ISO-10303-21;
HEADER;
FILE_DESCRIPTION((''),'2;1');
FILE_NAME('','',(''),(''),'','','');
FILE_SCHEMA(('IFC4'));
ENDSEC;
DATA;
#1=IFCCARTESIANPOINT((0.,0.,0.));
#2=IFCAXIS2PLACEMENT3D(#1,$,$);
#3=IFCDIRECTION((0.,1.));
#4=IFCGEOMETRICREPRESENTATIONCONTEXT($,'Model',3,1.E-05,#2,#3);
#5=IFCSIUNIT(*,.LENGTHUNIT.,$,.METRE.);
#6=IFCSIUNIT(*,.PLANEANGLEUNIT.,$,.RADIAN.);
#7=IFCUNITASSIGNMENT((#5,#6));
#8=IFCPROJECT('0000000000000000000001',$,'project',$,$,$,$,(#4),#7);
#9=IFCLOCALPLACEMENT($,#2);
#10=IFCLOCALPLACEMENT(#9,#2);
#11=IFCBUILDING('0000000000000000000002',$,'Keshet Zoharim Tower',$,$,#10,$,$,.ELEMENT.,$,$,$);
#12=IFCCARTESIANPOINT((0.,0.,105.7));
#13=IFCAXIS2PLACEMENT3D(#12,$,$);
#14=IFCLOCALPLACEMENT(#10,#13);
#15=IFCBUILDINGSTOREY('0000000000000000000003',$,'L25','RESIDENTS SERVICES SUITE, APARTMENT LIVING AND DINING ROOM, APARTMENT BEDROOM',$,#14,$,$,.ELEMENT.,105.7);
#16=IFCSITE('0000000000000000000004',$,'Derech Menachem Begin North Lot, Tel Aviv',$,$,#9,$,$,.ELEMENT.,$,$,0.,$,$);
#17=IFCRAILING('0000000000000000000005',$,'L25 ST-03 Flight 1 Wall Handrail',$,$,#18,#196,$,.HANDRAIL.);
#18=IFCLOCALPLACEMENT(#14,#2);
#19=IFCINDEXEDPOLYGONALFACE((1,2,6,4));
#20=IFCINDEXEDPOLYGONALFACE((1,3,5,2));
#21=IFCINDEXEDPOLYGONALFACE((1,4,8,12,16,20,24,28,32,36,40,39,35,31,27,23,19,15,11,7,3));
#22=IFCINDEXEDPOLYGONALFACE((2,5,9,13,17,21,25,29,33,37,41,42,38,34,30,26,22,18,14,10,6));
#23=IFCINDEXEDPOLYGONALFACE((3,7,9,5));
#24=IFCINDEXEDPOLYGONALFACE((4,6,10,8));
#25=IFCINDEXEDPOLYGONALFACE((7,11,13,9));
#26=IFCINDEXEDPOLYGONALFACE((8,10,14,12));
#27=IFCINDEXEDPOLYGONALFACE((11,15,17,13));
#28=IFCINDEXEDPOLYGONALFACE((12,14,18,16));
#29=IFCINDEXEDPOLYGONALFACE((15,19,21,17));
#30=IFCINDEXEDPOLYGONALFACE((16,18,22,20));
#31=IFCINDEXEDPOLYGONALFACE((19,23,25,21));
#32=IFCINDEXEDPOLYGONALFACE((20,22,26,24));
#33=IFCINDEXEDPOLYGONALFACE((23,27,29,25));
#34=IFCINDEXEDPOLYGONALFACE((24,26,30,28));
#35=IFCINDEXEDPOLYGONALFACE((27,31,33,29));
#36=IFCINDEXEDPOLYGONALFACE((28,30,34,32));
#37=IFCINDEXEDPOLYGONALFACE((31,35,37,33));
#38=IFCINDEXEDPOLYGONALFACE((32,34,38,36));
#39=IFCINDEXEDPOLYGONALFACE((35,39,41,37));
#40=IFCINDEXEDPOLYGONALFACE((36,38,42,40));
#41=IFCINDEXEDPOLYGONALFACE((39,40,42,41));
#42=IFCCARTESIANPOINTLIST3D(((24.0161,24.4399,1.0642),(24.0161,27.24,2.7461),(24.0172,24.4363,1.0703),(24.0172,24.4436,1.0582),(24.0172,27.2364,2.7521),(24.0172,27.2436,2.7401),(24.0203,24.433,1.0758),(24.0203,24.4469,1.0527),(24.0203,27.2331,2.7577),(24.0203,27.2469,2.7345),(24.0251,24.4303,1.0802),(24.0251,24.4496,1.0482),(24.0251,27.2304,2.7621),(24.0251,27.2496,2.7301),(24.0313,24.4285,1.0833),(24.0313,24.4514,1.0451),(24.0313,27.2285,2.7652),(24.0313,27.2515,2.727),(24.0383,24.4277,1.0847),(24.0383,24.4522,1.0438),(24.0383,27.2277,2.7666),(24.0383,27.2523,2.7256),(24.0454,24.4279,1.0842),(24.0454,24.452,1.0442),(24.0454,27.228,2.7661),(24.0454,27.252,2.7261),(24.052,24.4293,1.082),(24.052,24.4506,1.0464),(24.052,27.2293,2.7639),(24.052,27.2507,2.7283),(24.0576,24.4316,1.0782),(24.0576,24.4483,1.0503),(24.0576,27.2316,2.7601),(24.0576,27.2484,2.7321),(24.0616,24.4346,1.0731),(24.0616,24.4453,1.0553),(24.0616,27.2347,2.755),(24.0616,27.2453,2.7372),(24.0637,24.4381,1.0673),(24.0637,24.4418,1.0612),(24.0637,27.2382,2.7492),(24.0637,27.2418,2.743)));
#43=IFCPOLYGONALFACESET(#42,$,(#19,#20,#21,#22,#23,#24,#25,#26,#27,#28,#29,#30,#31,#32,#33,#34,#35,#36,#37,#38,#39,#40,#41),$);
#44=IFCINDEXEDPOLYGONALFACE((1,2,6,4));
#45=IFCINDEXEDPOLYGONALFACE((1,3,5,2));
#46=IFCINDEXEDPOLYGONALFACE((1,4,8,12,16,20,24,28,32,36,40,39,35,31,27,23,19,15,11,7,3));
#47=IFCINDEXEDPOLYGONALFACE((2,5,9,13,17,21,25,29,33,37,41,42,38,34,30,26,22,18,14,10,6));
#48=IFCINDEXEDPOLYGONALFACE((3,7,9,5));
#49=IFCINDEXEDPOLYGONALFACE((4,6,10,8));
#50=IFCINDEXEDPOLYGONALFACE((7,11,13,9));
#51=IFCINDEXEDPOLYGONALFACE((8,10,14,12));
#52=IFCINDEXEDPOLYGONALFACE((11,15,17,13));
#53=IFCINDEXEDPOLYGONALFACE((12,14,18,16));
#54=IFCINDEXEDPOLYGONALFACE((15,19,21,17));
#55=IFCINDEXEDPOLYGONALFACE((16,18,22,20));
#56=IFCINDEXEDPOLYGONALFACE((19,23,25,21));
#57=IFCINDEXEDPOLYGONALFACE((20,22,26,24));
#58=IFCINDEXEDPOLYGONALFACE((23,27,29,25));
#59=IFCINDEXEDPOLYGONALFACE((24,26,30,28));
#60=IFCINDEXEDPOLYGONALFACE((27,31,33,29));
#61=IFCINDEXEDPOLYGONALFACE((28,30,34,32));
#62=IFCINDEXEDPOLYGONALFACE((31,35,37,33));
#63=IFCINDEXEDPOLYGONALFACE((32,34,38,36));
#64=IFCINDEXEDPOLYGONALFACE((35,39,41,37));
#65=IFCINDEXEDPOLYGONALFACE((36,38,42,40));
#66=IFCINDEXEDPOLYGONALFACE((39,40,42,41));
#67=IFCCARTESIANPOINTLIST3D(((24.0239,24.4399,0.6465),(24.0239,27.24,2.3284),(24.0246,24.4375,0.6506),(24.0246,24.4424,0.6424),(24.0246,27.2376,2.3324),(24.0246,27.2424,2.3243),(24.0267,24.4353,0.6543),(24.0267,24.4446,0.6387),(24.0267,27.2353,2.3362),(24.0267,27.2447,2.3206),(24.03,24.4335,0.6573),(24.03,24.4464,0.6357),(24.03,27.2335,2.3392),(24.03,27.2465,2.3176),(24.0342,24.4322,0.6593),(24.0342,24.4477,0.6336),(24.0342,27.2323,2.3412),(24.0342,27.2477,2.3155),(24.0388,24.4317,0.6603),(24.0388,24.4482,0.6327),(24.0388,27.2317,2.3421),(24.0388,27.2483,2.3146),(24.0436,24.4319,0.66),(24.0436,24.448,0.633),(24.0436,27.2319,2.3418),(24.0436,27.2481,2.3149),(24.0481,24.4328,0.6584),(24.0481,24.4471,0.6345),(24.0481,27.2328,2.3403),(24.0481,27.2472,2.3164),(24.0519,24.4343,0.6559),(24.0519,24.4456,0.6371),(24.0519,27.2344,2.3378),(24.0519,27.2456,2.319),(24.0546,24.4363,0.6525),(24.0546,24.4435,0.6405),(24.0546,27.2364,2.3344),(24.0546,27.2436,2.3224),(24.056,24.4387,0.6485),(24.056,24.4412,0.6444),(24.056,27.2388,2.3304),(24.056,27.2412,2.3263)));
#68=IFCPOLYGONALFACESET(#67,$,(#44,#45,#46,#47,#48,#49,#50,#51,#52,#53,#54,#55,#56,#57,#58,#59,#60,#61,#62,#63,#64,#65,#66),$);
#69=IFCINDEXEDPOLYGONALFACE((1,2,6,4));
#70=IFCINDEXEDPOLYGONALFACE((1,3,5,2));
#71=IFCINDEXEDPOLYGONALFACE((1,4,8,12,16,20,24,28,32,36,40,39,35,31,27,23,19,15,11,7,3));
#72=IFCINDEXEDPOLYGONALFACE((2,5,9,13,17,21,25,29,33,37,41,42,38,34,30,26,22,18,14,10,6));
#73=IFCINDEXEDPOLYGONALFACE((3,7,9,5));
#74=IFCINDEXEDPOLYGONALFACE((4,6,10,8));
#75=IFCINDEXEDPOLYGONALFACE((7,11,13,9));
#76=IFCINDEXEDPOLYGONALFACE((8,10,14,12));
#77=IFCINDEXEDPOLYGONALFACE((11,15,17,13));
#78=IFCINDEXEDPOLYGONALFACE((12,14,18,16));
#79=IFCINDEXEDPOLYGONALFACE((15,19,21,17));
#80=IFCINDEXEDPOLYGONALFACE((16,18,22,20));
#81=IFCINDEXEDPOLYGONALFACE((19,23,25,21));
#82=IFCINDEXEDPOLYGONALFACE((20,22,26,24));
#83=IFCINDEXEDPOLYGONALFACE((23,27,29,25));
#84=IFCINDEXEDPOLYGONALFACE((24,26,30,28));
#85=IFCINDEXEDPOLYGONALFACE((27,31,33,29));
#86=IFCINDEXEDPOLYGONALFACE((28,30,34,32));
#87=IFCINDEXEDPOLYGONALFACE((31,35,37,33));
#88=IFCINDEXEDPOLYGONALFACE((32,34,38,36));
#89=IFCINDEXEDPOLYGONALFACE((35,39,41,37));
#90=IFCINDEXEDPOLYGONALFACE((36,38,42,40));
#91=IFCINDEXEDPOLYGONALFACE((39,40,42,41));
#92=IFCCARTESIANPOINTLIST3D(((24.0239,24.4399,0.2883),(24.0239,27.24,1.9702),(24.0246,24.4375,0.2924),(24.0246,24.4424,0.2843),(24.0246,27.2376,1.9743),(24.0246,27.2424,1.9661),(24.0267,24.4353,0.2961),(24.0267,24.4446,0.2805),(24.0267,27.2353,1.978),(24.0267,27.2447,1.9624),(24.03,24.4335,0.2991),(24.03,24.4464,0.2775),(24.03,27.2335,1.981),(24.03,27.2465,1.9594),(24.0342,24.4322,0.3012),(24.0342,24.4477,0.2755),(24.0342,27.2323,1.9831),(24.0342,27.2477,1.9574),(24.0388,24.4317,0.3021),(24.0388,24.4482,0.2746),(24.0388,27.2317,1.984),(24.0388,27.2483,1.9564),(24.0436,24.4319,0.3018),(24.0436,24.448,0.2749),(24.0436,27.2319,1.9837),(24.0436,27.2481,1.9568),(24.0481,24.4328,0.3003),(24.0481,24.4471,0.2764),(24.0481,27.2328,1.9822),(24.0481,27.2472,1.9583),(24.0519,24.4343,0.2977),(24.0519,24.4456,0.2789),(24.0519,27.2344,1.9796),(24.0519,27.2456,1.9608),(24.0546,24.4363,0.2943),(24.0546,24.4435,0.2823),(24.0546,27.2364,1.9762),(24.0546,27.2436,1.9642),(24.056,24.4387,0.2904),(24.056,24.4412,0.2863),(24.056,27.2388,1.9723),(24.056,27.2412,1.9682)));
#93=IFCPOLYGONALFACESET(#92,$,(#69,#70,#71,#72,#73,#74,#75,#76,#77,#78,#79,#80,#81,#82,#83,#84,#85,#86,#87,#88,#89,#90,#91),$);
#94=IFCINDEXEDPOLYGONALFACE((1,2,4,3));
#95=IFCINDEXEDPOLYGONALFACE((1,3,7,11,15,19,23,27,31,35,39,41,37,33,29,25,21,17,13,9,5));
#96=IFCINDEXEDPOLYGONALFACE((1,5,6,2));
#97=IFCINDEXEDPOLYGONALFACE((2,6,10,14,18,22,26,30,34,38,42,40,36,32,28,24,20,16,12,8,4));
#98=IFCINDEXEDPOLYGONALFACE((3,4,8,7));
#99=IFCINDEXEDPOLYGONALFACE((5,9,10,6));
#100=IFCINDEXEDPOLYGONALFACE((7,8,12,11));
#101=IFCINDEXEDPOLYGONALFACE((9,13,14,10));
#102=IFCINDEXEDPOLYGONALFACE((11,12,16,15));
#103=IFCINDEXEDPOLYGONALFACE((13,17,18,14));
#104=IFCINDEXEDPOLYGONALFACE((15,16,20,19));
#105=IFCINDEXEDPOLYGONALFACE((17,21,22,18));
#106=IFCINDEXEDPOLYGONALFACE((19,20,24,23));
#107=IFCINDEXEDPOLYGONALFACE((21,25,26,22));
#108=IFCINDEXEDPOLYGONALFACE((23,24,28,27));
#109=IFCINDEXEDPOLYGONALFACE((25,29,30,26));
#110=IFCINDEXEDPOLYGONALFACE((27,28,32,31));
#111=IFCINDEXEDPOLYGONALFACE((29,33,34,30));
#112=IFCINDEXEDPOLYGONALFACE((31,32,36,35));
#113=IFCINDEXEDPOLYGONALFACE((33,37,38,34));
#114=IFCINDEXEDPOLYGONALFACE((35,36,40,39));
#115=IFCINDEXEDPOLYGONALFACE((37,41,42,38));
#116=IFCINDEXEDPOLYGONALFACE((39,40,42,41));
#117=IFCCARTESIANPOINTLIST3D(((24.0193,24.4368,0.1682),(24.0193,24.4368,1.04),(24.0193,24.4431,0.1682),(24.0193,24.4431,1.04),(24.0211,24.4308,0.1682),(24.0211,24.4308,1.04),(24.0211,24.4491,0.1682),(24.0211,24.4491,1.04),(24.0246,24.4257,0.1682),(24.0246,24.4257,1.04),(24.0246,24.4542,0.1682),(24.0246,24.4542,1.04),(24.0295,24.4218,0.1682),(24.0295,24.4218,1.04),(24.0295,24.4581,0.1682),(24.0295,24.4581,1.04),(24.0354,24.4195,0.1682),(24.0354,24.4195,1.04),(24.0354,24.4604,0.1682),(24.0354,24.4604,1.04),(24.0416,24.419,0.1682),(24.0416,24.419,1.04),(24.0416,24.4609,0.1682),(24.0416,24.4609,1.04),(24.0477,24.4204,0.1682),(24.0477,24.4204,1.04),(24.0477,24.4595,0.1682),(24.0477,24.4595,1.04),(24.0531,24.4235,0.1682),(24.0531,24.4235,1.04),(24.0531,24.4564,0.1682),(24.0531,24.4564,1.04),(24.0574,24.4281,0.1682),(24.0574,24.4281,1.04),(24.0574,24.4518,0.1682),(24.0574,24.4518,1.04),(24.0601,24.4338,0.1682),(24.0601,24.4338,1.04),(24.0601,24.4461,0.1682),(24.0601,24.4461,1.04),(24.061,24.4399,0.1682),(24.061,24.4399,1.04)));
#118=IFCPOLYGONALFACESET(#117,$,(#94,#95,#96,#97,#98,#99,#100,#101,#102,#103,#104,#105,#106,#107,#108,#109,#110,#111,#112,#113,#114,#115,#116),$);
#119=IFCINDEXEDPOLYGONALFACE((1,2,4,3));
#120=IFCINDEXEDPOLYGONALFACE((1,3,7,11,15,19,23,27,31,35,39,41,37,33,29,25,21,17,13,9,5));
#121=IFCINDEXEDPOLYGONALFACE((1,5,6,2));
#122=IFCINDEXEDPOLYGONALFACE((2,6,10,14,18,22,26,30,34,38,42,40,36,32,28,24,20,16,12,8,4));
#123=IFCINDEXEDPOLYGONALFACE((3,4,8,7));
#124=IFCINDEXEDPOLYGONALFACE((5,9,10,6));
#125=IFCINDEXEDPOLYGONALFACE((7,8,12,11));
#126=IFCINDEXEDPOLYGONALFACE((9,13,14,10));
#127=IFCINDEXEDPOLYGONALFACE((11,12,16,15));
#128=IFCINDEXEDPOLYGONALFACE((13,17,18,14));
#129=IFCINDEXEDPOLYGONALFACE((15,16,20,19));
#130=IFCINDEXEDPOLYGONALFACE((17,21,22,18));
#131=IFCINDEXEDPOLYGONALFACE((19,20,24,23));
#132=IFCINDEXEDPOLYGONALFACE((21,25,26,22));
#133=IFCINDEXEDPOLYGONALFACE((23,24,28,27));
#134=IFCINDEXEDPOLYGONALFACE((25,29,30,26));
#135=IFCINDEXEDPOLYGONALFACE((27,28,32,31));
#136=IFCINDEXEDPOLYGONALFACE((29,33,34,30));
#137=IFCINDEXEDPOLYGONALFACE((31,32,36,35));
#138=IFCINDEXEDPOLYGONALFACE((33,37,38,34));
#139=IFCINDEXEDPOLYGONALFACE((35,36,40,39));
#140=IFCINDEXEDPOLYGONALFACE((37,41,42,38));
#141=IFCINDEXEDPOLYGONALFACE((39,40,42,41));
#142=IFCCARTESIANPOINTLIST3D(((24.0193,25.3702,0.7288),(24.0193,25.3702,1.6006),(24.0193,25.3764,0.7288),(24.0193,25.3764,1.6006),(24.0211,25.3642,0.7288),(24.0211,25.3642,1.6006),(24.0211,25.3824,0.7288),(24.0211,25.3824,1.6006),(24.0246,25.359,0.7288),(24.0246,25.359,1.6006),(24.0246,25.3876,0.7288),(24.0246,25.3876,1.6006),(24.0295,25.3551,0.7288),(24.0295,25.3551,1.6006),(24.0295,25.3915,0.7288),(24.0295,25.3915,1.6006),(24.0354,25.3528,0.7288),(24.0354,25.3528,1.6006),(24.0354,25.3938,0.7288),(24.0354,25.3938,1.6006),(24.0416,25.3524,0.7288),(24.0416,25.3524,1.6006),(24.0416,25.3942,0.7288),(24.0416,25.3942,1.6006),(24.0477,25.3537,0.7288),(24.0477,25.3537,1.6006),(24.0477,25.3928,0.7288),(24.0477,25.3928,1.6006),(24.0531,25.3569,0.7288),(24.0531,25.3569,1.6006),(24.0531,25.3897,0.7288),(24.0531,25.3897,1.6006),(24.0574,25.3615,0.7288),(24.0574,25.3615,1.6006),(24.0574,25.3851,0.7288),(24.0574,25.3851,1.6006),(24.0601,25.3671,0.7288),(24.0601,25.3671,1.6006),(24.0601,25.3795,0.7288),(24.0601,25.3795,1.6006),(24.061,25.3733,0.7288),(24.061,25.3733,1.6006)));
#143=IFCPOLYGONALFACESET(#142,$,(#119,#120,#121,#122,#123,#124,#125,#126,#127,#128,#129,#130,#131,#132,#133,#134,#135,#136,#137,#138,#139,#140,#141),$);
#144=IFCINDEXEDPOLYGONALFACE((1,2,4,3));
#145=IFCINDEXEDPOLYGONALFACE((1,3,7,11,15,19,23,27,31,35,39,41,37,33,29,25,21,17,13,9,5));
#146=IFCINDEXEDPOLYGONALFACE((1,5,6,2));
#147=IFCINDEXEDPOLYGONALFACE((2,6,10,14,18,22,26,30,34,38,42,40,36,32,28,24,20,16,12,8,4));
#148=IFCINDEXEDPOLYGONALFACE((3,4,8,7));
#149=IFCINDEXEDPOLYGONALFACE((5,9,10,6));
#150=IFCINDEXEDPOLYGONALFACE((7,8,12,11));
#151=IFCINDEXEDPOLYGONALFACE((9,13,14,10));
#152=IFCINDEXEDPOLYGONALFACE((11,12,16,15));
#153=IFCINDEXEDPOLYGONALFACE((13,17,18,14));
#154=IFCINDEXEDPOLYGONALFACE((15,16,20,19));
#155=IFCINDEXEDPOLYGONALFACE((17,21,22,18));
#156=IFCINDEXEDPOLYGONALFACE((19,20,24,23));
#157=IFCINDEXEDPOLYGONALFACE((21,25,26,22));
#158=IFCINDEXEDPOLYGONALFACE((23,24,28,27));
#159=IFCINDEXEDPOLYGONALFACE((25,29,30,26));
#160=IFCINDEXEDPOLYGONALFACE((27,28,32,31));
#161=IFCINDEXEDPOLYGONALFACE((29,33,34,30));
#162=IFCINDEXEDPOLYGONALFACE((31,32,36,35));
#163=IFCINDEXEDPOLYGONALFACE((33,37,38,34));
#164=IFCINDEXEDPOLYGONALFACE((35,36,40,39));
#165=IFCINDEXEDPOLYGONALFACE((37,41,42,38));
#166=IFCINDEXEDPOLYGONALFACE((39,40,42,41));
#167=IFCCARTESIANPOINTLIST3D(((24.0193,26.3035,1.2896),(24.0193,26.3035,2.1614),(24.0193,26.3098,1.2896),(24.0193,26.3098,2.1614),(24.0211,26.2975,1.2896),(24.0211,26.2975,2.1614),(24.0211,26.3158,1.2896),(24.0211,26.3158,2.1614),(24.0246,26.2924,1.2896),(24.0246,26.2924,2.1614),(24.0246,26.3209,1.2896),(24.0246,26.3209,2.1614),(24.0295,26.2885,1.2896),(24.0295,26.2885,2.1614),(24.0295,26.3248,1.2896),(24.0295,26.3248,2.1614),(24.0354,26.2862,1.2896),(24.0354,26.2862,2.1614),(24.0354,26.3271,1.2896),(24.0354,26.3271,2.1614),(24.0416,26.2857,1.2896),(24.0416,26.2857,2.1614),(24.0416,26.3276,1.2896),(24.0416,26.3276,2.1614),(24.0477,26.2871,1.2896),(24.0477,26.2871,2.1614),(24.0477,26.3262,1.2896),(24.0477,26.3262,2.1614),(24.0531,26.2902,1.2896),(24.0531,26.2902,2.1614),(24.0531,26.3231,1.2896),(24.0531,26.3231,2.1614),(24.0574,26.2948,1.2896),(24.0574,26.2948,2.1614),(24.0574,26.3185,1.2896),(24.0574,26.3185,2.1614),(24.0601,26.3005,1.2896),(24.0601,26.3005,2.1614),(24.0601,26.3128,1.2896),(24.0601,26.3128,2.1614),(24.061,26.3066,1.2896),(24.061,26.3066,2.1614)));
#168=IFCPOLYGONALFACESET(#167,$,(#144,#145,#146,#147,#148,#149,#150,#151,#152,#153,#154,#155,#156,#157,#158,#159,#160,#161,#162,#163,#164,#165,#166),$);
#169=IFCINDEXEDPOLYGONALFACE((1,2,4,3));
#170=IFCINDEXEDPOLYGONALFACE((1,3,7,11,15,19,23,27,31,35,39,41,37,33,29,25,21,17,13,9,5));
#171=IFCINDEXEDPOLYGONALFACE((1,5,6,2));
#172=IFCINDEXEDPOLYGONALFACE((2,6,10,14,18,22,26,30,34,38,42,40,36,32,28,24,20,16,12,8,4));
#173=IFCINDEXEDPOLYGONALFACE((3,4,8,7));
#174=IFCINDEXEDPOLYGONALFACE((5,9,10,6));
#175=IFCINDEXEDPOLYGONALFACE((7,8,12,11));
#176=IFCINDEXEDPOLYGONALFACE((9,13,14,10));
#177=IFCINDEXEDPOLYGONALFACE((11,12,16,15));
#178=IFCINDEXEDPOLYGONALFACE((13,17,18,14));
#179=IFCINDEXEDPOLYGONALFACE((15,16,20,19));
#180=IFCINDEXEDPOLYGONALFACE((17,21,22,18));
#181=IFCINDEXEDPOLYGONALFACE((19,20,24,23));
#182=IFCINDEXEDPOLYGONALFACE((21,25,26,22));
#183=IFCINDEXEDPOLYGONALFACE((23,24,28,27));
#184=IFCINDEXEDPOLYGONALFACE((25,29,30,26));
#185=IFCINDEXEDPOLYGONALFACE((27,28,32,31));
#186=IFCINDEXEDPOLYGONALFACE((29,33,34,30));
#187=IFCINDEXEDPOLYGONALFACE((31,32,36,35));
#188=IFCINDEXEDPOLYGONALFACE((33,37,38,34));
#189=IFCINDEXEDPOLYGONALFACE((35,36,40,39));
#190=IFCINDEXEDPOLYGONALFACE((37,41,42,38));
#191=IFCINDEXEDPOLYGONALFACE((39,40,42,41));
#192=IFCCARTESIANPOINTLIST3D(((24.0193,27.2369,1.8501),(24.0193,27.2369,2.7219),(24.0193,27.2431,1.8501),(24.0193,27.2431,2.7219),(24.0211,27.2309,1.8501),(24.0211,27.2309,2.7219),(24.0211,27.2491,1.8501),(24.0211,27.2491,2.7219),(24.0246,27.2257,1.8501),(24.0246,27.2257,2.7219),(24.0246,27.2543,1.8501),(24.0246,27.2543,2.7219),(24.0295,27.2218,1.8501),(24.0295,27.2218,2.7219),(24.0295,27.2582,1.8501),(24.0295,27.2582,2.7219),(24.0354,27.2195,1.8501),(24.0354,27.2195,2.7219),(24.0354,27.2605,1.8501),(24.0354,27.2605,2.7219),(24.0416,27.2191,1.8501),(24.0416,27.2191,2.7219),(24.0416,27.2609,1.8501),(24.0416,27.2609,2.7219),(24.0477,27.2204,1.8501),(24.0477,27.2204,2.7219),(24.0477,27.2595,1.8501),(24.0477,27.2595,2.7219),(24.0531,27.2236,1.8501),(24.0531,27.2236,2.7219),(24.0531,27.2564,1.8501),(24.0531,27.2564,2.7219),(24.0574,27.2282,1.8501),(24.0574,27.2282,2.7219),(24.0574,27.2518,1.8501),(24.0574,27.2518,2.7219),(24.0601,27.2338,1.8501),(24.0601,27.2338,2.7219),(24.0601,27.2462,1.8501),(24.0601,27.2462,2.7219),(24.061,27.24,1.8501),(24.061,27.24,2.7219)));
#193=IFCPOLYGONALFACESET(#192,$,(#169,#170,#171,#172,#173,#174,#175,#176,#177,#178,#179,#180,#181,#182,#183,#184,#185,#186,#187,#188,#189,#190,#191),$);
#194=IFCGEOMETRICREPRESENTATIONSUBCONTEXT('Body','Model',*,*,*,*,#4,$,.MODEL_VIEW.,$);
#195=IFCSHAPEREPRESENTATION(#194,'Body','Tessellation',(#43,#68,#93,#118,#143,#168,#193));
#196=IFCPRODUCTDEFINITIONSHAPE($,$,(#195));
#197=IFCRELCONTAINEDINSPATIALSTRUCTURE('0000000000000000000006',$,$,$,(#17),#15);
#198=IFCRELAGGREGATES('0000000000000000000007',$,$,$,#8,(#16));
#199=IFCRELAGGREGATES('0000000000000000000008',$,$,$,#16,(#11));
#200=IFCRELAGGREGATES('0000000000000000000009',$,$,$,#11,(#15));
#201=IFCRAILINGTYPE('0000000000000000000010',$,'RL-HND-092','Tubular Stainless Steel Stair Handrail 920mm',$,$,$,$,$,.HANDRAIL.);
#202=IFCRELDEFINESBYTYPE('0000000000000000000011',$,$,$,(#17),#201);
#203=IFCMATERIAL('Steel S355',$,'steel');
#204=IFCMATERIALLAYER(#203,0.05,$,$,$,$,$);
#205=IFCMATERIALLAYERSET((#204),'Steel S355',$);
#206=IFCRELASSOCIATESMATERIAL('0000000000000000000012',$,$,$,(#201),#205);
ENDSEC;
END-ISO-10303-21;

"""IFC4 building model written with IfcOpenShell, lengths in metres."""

from ifc_helpers import new_model, si_unit, direction, frame, origin, origin_2d, place, context, subcontext, project, spatial, circle, extrude, material, layer, layer_set, type_object, element, save


model = new_model("IFC4")

# Units and contexts
model_context = context("Model", 3, precision=1e-05, world=origin(), true_north=direction((0.0, 1.0)))
body_context = subcontext(model_context, "Body", "Model", "MODEL_VIEW")
ifc_project = project(units=[si_unit("LENGTHUNIT", "METRE"), si_unit("PLANEANGLEUNIT", "RADIAN")], contexts=[model_context])

# Site, building, storey
site_placement = place(None, origin())
site = spatial("IfcSite", under=ifc_project, at=site_placement, Name="Derech Menachem Begin North Lot, Tel Aviv", CompositionType="ELEMENT", RefElevation=0.0)
building_placement = place(site_placement, origin())
building = spatial("IfcBuilding", under=site, at=building_placement, Name="Keshet Zoharim Tower", CompositionType="ELEMENT")
storey_placement = place(building_placement, frame((0.0, 0.0, 105.7)))
storey = spatial("IfcBuildingStorey", under=building, at=storey_placement, Name="L25", Description="RESIDENTS SERVICES SUITE, APARTMENT LIVING AND DINING ROOM, APARTMENT BEDROOM", CompositionType="ELEMENT", Elevation=105.7)

# Shared definitions
ifc_material_1 = material(Name="Steel S355", Category="steel")

# Railing
ifc_layer_1 = layer(ifc_material_1, 0.05)
ifc_layer_set_1 = layer_set([ifc_layer_1], Name="Steel S355")
railing_type_1 = type_object("IfcRailingType", Name="RL-HND-092", Description="Tubular Stainless Steel Stair Handrail 920mm", PredefinedType="HANDRAIL", material=ifc_layer_set_1)
railing_1_placement = place(storey_placement, frame((24.04, 24.4399, 0.1682)))
element("IfcRailing", 1, at=railing_1_placement, inside=storey, type_object=railing_type_1, Name="L25 ST-03 Flight 1 Wall Handrail", PredefinedType="HANDRAIL", context=body_context, shape_type="SweptSolid", body=[
    extrude(circle(Radius=0.0239, at=origin_2d()), frame((0.0, 0.0, 0.896), z_axis=(0.0, 0.857242, 0.514913), x_axis=(-1.0, 0.0, 0.0)), (0.0, 0.0, 1.0), 3.2664),
    extrude(circle(Radius=0.0161, at=origin_2d()), frame((0.0, 0.0, 0.4783), z_axis=(0.0, 0.857242, 0.514913), x_axis=(-1.0, 0.0, 0.0)), (0.0, 0.0, 1.0), 3.2664),
    extrude(circle(Radius=0.0161, at=origin_2d()), frame((0.0, 0.0, 0.1201), z_axis=(0.0, 0.857242, 0.514913), x_axis=(-1.0, 0.0, 0.0)), (0.0, 0.0, 1.0), 3.2664),
    extrude(circle(Radius=0.021, at=origin_2d()), origin(), (0.0, 0.0, 1.0), 0.8718),
    extrude(circle(Radius=0.021, at=origin_2d()), frame((0.0, 0.9333, 0.5605)), (0.0, 0.0, 1.0), 0.8718),
    extrude(circle(Radius=0.021, at=origin_2d()), frame((0.0, 1.8667, 1.1213)), (0.0, 0.0, 1.0), 0.8718),
    extrude(circle(Radius=0.021, at=origin_2d()), frame((0.0, 2.8, 1.6819)), (0.0, 0.0, 1.0), 0.8718),
])

save(model, "model.ifc")
